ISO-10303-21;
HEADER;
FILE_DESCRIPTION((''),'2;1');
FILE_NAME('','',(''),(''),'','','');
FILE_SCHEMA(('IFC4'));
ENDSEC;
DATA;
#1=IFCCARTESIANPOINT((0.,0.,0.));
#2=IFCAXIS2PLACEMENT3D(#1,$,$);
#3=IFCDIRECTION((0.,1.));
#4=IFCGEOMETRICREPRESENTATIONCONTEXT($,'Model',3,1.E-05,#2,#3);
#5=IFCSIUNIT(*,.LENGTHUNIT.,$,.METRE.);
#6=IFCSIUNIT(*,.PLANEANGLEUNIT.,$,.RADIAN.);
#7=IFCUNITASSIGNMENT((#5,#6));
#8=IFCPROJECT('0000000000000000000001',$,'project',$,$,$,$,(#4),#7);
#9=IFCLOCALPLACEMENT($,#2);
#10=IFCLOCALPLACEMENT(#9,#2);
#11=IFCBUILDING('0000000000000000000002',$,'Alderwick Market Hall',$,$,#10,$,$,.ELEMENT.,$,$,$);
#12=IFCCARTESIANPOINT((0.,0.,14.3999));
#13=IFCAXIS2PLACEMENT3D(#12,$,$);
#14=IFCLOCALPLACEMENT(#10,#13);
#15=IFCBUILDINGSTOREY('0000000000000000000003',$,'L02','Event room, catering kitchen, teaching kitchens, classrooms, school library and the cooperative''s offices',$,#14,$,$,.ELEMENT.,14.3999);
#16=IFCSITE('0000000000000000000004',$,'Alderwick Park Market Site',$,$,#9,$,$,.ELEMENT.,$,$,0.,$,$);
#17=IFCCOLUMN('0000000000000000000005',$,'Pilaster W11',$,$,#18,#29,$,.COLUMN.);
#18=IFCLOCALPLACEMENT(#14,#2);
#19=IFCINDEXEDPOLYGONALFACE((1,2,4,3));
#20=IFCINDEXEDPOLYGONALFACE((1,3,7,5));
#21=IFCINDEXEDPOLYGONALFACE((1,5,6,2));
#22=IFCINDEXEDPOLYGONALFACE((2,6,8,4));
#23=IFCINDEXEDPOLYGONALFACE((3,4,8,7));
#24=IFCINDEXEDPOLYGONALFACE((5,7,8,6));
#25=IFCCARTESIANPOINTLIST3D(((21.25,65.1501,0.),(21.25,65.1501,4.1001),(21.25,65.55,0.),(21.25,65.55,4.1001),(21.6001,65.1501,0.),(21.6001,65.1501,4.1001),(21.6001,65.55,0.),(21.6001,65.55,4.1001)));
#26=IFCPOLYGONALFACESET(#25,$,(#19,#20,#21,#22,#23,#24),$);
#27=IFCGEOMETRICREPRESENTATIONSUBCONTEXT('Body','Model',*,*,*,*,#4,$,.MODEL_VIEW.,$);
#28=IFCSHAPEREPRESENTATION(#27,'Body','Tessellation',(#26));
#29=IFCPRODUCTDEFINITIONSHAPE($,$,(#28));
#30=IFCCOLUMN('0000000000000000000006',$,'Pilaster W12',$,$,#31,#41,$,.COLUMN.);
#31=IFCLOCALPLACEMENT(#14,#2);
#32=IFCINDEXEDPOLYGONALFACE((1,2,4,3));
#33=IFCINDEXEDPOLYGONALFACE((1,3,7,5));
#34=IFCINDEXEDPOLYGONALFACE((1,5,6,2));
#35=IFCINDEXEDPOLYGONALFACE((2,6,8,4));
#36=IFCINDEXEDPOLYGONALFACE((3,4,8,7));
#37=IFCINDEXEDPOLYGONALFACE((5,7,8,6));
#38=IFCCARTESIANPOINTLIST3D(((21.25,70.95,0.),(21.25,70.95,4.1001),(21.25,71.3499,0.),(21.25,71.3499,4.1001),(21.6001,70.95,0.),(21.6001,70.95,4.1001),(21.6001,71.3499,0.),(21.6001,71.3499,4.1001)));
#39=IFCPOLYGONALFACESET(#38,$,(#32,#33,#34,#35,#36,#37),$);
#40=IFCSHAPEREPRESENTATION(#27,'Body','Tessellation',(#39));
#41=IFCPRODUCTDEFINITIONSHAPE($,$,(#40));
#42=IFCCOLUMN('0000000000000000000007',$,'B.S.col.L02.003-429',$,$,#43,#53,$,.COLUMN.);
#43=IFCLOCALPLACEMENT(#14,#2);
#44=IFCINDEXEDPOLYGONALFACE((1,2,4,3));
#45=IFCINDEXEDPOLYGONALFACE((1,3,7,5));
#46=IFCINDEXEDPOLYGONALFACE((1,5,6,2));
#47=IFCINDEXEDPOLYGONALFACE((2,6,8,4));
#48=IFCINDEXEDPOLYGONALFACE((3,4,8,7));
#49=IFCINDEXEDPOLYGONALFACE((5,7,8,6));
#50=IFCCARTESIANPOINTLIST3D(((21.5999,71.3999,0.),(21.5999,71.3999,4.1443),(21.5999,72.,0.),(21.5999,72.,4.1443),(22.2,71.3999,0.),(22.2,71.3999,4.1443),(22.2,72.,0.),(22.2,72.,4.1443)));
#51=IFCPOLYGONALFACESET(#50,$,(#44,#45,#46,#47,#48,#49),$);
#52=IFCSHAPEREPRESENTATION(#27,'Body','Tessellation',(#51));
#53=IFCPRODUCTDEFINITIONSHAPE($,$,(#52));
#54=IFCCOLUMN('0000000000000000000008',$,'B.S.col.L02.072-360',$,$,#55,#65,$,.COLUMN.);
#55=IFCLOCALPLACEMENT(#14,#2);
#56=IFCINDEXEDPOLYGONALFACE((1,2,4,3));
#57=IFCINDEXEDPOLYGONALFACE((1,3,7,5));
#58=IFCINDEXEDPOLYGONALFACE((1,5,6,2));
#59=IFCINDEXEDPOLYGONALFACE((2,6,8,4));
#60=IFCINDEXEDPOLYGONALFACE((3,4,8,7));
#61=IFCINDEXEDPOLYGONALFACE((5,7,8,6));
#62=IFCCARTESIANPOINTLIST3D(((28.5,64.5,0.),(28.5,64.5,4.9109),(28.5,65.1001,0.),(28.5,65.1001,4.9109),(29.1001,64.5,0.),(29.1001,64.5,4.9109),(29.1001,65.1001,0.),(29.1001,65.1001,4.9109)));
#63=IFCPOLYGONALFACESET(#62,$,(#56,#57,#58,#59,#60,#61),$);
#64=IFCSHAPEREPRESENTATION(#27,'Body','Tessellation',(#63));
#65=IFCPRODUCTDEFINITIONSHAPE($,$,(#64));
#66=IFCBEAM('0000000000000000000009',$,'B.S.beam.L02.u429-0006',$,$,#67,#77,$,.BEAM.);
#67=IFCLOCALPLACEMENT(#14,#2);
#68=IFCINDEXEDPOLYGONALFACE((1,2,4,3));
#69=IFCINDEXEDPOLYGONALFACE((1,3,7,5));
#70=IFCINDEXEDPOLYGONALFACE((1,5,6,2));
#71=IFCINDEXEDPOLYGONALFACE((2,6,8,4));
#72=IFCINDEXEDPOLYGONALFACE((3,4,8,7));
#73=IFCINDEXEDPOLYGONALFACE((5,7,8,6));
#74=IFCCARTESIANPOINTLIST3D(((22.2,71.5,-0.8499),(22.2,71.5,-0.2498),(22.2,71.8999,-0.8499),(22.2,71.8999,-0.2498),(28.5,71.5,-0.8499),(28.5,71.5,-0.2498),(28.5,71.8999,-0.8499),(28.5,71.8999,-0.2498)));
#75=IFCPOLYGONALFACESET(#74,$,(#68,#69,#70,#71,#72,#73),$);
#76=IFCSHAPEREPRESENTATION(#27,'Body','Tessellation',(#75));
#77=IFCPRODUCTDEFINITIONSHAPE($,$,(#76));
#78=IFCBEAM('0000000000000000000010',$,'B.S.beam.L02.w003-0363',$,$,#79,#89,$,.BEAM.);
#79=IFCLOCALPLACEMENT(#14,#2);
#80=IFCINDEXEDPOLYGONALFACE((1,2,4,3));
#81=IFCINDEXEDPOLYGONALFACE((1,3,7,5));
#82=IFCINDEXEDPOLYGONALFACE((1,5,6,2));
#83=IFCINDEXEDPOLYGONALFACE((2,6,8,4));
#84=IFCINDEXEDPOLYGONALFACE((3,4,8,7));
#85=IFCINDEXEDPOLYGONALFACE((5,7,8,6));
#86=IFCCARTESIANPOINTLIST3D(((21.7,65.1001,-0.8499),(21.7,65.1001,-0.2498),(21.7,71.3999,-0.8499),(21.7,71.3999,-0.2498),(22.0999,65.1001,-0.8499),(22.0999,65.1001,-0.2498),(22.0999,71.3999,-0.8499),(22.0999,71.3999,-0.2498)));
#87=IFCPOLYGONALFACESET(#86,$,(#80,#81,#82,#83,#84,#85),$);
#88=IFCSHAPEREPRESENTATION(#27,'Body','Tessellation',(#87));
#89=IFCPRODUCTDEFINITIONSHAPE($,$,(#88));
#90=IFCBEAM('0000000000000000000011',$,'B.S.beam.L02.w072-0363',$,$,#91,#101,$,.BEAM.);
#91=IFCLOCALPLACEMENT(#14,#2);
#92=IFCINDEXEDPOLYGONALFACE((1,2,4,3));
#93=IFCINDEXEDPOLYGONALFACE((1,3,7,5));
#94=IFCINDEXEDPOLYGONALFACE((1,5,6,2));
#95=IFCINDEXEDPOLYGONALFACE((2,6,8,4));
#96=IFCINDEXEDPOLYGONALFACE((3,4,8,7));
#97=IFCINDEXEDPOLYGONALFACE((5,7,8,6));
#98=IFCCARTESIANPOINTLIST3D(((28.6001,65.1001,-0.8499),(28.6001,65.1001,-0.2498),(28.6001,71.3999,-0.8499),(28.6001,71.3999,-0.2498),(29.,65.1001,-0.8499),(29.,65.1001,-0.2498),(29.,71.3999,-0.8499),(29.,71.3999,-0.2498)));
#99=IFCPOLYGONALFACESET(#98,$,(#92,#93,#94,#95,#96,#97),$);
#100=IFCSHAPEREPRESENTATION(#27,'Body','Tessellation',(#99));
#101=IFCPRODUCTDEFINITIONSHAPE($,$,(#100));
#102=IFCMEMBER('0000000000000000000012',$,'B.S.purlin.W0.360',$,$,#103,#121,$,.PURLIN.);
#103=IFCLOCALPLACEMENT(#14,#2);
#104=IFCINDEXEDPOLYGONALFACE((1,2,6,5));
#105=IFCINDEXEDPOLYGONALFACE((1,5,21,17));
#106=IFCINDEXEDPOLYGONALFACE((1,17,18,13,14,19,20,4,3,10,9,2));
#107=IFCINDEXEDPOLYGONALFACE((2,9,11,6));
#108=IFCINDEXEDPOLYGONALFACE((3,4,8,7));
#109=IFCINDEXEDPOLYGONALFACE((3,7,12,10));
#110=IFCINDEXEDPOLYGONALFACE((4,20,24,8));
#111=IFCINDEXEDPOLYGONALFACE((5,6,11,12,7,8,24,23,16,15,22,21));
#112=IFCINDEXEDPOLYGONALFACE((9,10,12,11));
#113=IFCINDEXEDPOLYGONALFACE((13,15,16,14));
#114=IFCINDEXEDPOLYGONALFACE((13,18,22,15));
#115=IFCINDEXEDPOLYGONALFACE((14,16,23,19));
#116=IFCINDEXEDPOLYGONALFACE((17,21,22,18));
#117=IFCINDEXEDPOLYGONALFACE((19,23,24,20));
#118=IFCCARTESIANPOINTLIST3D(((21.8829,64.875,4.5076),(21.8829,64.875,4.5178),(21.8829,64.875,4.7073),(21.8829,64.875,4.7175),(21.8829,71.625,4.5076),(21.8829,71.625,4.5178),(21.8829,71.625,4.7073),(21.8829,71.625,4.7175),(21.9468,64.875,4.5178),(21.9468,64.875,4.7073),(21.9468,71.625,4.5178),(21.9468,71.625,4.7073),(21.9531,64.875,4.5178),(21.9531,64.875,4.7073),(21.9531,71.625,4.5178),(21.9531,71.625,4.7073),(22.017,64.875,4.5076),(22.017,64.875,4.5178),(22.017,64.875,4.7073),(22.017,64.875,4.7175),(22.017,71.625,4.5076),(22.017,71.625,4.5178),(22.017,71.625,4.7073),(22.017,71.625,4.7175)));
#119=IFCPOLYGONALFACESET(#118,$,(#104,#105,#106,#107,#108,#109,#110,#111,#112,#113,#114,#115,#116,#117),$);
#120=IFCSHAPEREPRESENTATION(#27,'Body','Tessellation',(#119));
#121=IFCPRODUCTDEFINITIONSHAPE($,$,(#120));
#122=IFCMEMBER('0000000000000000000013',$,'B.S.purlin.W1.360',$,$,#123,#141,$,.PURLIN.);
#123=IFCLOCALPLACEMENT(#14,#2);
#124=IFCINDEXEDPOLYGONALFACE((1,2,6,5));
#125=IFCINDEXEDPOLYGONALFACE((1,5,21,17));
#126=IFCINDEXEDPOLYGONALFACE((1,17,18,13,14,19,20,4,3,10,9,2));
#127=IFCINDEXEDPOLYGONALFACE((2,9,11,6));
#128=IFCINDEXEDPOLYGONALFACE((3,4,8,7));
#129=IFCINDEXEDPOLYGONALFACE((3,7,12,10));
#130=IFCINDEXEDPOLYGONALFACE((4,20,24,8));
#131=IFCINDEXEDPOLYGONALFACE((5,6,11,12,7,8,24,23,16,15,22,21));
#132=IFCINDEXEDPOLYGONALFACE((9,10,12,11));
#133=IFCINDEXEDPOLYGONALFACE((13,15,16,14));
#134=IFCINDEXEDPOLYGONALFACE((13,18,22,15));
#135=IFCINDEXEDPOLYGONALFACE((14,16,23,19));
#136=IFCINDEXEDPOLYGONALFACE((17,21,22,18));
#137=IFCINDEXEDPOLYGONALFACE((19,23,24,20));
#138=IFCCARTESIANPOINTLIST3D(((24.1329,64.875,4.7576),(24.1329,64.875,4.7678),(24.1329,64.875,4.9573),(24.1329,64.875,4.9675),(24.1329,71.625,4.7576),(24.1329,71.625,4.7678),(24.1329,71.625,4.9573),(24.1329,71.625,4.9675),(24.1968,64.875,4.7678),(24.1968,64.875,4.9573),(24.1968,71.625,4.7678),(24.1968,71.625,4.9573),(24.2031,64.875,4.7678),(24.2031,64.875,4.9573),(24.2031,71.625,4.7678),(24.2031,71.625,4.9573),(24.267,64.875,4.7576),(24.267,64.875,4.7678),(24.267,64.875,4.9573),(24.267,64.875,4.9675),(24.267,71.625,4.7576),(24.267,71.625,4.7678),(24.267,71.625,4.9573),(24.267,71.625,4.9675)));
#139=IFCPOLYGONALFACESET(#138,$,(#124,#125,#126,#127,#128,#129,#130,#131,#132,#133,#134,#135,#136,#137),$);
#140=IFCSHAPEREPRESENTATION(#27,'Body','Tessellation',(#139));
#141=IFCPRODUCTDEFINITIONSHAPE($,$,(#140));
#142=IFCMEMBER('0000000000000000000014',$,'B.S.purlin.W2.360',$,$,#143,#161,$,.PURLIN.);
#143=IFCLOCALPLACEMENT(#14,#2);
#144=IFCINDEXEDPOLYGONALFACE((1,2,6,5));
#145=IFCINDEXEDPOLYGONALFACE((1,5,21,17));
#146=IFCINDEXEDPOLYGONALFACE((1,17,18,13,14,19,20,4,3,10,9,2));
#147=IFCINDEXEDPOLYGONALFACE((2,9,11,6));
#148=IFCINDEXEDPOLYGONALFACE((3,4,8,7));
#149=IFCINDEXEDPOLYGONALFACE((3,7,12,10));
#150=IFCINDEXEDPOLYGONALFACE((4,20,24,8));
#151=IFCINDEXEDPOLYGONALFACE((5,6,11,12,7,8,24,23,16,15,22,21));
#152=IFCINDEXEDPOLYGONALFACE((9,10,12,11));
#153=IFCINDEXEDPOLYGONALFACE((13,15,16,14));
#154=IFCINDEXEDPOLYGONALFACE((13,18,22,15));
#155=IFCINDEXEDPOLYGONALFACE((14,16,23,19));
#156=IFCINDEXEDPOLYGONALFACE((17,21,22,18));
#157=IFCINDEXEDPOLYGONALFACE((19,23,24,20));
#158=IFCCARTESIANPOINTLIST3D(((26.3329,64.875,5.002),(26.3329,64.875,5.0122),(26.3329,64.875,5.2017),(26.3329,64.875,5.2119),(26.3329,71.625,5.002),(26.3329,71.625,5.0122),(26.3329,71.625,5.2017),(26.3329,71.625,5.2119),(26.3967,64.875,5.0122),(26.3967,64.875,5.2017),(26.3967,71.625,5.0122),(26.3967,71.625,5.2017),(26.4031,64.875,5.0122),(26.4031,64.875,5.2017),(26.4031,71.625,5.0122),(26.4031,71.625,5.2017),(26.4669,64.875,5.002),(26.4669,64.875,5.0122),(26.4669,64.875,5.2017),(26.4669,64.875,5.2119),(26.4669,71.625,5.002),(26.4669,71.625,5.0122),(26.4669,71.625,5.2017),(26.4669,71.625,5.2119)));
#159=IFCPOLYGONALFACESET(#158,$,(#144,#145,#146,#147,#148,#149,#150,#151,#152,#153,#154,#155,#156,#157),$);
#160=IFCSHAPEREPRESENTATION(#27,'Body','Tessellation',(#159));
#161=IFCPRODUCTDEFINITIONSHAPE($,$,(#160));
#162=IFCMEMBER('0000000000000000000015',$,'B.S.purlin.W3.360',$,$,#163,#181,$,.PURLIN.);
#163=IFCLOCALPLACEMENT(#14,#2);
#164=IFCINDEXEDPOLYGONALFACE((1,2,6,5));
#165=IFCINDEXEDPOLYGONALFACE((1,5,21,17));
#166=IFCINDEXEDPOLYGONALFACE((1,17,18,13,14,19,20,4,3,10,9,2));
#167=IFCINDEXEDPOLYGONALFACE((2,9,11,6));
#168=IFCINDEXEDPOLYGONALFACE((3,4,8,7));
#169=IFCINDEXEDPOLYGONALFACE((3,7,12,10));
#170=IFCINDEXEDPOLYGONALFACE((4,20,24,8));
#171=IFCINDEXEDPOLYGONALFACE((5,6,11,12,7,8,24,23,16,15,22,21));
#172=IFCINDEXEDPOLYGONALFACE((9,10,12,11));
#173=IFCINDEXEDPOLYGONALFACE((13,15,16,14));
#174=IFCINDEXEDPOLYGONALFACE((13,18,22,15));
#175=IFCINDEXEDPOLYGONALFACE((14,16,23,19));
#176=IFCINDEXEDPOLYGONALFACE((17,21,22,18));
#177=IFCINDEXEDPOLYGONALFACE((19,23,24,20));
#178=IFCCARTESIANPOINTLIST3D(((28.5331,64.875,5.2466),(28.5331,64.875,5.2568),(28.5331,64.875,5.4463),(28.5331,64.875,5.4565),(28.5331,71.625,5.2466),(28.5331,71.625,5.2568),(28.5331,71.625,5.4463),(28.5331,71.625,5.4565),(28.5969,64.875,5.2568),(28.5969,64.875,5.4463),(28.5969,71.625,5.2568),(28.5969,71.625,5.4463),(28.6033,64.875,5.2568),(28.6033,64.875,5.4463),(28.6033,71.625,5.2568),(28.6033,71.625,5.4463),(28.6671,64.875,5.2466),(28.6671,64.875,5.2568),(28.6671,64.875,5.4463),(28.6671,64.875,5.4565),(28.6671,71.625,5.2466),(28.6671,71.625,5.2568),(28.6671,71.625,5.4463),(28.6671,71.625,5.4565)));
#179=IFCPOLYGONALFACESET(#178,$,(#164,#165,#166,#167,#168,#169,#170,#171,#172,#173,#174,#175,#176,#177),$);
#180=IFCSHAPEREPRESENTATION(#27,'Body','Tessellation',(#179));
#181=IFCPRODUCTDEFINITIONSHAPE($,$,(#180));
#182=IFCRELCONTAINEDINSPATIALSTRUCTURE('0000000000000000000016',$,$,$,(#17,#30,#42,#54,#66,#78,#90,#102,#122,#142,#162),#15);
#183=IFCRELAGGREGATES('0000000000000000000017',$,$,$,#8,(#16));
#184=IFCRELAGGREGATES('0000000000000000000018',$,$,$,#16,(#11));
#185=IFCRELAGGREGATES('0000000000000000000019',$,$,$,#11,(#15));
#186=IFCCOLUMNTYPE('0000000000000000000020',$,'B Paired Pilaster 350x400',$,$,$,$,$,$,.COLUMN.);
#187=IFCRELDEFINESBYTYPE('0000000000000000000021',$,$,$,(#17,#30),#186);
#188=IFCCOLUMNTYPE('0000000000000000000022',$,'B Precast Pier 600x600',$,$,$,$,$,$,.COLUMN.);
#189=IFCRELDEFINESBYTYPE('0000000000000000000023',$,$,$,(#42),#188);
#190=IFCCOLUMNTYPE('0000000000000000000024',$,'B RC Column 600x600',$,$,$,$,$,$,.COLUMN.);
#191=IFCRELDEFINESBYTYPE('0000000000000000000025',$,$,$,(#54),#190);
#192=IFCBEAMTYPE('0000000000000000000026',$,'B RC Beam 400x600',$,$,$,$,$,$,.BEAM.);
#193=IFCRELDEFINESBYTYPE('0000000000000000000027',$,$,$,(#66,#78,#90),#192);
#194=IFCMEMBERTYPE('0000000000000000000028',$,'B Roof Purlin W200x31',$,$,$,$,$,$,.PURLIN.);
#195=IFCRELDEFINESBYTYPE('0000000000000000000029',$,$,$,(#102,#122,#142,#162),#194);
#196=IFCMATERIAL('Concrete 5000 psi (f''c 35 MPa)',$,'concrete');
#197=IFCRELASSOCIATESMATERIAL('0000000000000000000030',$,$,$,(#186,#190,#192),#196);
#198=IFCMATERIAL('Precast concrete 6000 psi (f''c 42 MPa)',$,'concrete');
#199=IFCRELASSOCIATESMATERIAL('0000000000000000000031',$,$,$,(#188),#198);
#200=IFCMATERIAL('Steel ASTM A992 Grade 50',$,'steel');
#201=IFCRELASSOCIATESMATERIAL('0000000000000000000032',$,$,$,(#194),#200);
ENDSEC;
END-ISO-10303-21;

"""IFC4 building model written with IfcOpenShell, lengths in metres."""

from ifc_helpers import new_model, si_unit, direction, frame, origin, origin_2d, place, context, subcontext, project, spatial, rectangle, i_section, extrude, material, material_profile, profile_set, type_object, element, save


model = new_model("IFC4")

# Units and contexts
model_context = context("Model", 3, precision=1e-05, world=origin(), true_north=direction((0.0, 1.0)))
body_context = subcontext(model_context, "Body", "Model", "MODEL_VIEW")
ifc_project = project(units=[si_unit("LENGTHUNIT", "METRE"), si_unit("PLANEANGLEUNIT", "RADIAN")], contexts=[model_context])

# Site, building, storey
site_placement = place(None, origin())
site = spatial("IfcSite", under=ifc_project, at=site_placement, Name="Alderwick Park Market Site", CompositionType="ELEMENT", RefElevation=0.0)
building_placement = place(site_placement, origin())
building = spatial("IfcBuilding", under=site, at=building_placement, Name="Alderwick Market Hall", CompositionType="ELEMENT")
storey_placement = place(building_placement, frame((0.0, 0.0, 14.3999)))
storey = spatial("IfcBuildingStorey", under=building, at=storey_placement, Name="L02", Description="Event room, catering kitchen, teaching kitchens, classrooms, school library and the cooperative's offices", CompositionType="ELEMENT", Elevation=14.3999)

# Columns
ifc_material_1 = material(Name="Concrete 5000 psi (f'c 35 MPa)", Category="concrete")
ifc_material_profile_1 = material_profile(ifc_material_1, rectangle(XDim=0.3501, YDim=0.3999, at=origin_2d()), Name="B Paired Pilaster 350x400")
ifc_profile_set_1 = profile_set([ifc_material_profile_1], Name="Concrete 5000 psi (f'c 35 MPa)")
column_type_1 = type_object("IfcColumnType", Name="B Paired Pilaster 350x400", PredefinedType="COLUMN", material=ifc_profile_set_1)
for number, where, z_axis, x_axis, name in (
    (1, (21.425, 65.3501, 0.0), (0.0, 0.0, 1.0), (1.0, 0.0, 0.0), "Pilaster W11"),
    (2, (21.425, 71.1499, 0.0), (0.0, 0.0, 1.0), (1.0, 0.0, 0.0), "Pilaster W12"),
):
    element("IfcColumn", number, at=place(storey_placement, frame(where, z_axis=z_axis, x_axis=x_axis)), inside=storey, type_object=column_type_1, Name=name, PredefinedType="COLUMN", context=body_context, shape_type="SweptSolid", body=[
        extrude(rectangle(XDim=0.3501, YDim=0.3999, at=origin_2d()), origin(), (0.0, 0.0, 1.0), 4.1001),
    ])
ifc_material_2 = material(Name="Precast concrete 6000 psi (f'c 42 MPa)", Category="concrete")
ifc_material_profile_2 = material_profile(ifc_material_2, rectangle(XDim=0.6001, YDim=0.6001, at=origin_2d()), Name="B Precast Pier 600x600")
ifc_profile_set_2 = profile_set([ifc_material_profile_2], Name="Precast concrete 6000 psi (f'c 42 MPa)")
column_type_2 = type_object("IfcColumnType", Name="B Precast Pier 600x600", PredefinedType="COLUMN", material=ifc_profile_set_2)
column_1_placement = place(storey_placement, frame((21.8999, 71.7, 0.0), z_axis=(0.0, 0.0, 1.0), x_axis=(1.0, 0.0, 0.0)))
element("IfcColumn", 3, at=column_1_placement, inside=storey, type_object=column_type_2, Name="B.S.col.L02.003-429", PredefinedType="COLUMN", context=body_context, shape_type="SweptSolid", body=[
    extrude(rectangle(XDim=0.6001, YDim=0.6001, at=origin_2d()), origin(), (0.0, 0.0, 1.0), 4.1443),
])
ifc_material_profile_3 = material_profile(ifc_material_1, rectangle(XDim=0.6001, YDim=0.6001, at=origin_2d()), Name="B RC Column 600x600")
ifc_profile_set_3 = profile_set([ifc_material_profile_3], Name="Concrete 5000 psi (f'c 35 MPa)")
column_type_3 = type_object("IfcColumnType", Name="B RC Column 600x600", PredefinedType="COLUMN", material=ifc_profile_set_3)
column_2_placement = place(storey_placement, frame((28.8, 64.8, 0.0), z_axis=(0.0, 0.0, 1.0), x_axis=(1.0, 0.0, 0.0)))
element("IfcColumn", 4, at=column_2_placement, inside=storey, type_object=column_type_3, Name="B.S.col.L02.072-360", PredefinedType="COLUMN", context=body_context, shape_type="SweptSolid", body=[
    extrude(rectangle(XDim=0.6001, YDim=0.6001, at=origin_2d()), origin(), (0.0, 0.0, 1.0), 4.9109),
])

# Beams
ifc_material_profile_4 = material_profile(ifc_material_1, rectangle(XDim=0.3999, YDim=0.6001, at=origin_2d()), Name="B RC Beam 400x600")
ifc_profile_set_4 = profile_set([ifc_material_profile_4], Name="Concrete 5000 psi (f'c 35 MPa)")
beam_type_1 = type_object("IfcBeamType", Name="B RC Beam 400x600", PredefinedType="BEAM", material=ifc_profile_set_4)
beam_1_placement = place(storey_placement, frame((22.2, 71.7, -0.5498), z_axis=(1.0, 0.0, 0.0), x_axis=(0.0, 1.0, 0.0)))
element("IfcBeam", 5, at=beam_1_placement, inside=storey, type_object=beam_type_1, Name="B.S.beam.L02.u429-0006", PredefinedType="BEAM", context=body_context, shape_type="SweptSolid", body=[
    extrude(rectangle(XDim=0.3999, YDim=0.6001, at=origin_2d()), origin(), (0.0, 0.0, 1.0), 6.3),
])
for number, where, z_axis, x_axis, name in (
    (6, (21.8999, 65.1001, -0.5498), (0.0, 1.0, 0.0), (-1.0, 0.0, 0.0), "B.S.beam.L02.w003-0363"),
    (7, (28.8, 65.1001, -0.5498), (0.0, 1.0, 0.0), (-1.0, 0.0, 0.0), "B.S.beam.L02.w072-0363"),
):
    element("IfcBeam", number, at=place(storey_placement, frame(where, z_axis=z_axis, x_axis=x_axis)), inside=storey, type_object=beam_type_1, Name=name, PredefinedType="BEAM", context=body_context, shape_type="SweptSolid", body=[
        extrude(rectangle(XDim=0.3999, YDim=0.6001, at=origin_2d()), origin(), (0.0, 0.0, 1.0), 6.2998),
    ])

# Members
ifc_material_3 = material(Name="Steel ASTM A992 Grade 50", Category="steel")
ifc_material_profile_5 = material_profile(ifc_material_3, i_section(OverallWidth=0.134, OverallDepth=0.21, WebThickness=0.0063, FlangeThickness=0.0103, at=origin_2d()), Name="W200x31")
ifc_profile_set_5 = profile_set([ifc_material_profile_5], Name="Steel ASTM A992 Grade 50")
member_type = type_object("IfcMemberType", Name="B Roof Purlin W200x31", PredefinedType="PURLIN", material=ifc_profile_set_5)
for number, where, z_axis, x_axis, name in (
    (8, (21.95, 64.875, 4.6125), (0.0, 1.0, 0.0), (-1.0, 0.0, 0.0), "B.S.purlin.W0.360"),
    (9, (24.2, 64.875, 4.8625), (0.0, 1.0, 0.0), (-1.0, 0.0, 0.0), "B.S.purlin.W1.360"),
    (10, (26.3999, 64.875, 5.1069), (0.0, 1.0, 0.0), (-1.0, 0.0, 0.0), "B.S.purlin.W2.360"),
    (11, (28.6001, 64.875, 5.3516), (0.0, 1.0, 0.0), (-1.0, 0.0, 0.0), "B.S.purlin.W3.360"),
):
    element("IfcMember", number, at=place(storey_placement, frame(where, z_axis=z_axis, x_axis=x_axis)), inside=storey, type_object=member_type, Name=name, PredefinedType="PURLIN", context=body_context, shape_type="SweptSolid", body=[
        extrude(i_section(OverallWidth=0.134, OverallDepth=0.21, WebThickness=0.0063, FlangeThickness=0.0103, at=origin_2d()), origin(), (0.0, 0.0, 1.0), 6.75),
    ])

save(model, "model.ifc")
